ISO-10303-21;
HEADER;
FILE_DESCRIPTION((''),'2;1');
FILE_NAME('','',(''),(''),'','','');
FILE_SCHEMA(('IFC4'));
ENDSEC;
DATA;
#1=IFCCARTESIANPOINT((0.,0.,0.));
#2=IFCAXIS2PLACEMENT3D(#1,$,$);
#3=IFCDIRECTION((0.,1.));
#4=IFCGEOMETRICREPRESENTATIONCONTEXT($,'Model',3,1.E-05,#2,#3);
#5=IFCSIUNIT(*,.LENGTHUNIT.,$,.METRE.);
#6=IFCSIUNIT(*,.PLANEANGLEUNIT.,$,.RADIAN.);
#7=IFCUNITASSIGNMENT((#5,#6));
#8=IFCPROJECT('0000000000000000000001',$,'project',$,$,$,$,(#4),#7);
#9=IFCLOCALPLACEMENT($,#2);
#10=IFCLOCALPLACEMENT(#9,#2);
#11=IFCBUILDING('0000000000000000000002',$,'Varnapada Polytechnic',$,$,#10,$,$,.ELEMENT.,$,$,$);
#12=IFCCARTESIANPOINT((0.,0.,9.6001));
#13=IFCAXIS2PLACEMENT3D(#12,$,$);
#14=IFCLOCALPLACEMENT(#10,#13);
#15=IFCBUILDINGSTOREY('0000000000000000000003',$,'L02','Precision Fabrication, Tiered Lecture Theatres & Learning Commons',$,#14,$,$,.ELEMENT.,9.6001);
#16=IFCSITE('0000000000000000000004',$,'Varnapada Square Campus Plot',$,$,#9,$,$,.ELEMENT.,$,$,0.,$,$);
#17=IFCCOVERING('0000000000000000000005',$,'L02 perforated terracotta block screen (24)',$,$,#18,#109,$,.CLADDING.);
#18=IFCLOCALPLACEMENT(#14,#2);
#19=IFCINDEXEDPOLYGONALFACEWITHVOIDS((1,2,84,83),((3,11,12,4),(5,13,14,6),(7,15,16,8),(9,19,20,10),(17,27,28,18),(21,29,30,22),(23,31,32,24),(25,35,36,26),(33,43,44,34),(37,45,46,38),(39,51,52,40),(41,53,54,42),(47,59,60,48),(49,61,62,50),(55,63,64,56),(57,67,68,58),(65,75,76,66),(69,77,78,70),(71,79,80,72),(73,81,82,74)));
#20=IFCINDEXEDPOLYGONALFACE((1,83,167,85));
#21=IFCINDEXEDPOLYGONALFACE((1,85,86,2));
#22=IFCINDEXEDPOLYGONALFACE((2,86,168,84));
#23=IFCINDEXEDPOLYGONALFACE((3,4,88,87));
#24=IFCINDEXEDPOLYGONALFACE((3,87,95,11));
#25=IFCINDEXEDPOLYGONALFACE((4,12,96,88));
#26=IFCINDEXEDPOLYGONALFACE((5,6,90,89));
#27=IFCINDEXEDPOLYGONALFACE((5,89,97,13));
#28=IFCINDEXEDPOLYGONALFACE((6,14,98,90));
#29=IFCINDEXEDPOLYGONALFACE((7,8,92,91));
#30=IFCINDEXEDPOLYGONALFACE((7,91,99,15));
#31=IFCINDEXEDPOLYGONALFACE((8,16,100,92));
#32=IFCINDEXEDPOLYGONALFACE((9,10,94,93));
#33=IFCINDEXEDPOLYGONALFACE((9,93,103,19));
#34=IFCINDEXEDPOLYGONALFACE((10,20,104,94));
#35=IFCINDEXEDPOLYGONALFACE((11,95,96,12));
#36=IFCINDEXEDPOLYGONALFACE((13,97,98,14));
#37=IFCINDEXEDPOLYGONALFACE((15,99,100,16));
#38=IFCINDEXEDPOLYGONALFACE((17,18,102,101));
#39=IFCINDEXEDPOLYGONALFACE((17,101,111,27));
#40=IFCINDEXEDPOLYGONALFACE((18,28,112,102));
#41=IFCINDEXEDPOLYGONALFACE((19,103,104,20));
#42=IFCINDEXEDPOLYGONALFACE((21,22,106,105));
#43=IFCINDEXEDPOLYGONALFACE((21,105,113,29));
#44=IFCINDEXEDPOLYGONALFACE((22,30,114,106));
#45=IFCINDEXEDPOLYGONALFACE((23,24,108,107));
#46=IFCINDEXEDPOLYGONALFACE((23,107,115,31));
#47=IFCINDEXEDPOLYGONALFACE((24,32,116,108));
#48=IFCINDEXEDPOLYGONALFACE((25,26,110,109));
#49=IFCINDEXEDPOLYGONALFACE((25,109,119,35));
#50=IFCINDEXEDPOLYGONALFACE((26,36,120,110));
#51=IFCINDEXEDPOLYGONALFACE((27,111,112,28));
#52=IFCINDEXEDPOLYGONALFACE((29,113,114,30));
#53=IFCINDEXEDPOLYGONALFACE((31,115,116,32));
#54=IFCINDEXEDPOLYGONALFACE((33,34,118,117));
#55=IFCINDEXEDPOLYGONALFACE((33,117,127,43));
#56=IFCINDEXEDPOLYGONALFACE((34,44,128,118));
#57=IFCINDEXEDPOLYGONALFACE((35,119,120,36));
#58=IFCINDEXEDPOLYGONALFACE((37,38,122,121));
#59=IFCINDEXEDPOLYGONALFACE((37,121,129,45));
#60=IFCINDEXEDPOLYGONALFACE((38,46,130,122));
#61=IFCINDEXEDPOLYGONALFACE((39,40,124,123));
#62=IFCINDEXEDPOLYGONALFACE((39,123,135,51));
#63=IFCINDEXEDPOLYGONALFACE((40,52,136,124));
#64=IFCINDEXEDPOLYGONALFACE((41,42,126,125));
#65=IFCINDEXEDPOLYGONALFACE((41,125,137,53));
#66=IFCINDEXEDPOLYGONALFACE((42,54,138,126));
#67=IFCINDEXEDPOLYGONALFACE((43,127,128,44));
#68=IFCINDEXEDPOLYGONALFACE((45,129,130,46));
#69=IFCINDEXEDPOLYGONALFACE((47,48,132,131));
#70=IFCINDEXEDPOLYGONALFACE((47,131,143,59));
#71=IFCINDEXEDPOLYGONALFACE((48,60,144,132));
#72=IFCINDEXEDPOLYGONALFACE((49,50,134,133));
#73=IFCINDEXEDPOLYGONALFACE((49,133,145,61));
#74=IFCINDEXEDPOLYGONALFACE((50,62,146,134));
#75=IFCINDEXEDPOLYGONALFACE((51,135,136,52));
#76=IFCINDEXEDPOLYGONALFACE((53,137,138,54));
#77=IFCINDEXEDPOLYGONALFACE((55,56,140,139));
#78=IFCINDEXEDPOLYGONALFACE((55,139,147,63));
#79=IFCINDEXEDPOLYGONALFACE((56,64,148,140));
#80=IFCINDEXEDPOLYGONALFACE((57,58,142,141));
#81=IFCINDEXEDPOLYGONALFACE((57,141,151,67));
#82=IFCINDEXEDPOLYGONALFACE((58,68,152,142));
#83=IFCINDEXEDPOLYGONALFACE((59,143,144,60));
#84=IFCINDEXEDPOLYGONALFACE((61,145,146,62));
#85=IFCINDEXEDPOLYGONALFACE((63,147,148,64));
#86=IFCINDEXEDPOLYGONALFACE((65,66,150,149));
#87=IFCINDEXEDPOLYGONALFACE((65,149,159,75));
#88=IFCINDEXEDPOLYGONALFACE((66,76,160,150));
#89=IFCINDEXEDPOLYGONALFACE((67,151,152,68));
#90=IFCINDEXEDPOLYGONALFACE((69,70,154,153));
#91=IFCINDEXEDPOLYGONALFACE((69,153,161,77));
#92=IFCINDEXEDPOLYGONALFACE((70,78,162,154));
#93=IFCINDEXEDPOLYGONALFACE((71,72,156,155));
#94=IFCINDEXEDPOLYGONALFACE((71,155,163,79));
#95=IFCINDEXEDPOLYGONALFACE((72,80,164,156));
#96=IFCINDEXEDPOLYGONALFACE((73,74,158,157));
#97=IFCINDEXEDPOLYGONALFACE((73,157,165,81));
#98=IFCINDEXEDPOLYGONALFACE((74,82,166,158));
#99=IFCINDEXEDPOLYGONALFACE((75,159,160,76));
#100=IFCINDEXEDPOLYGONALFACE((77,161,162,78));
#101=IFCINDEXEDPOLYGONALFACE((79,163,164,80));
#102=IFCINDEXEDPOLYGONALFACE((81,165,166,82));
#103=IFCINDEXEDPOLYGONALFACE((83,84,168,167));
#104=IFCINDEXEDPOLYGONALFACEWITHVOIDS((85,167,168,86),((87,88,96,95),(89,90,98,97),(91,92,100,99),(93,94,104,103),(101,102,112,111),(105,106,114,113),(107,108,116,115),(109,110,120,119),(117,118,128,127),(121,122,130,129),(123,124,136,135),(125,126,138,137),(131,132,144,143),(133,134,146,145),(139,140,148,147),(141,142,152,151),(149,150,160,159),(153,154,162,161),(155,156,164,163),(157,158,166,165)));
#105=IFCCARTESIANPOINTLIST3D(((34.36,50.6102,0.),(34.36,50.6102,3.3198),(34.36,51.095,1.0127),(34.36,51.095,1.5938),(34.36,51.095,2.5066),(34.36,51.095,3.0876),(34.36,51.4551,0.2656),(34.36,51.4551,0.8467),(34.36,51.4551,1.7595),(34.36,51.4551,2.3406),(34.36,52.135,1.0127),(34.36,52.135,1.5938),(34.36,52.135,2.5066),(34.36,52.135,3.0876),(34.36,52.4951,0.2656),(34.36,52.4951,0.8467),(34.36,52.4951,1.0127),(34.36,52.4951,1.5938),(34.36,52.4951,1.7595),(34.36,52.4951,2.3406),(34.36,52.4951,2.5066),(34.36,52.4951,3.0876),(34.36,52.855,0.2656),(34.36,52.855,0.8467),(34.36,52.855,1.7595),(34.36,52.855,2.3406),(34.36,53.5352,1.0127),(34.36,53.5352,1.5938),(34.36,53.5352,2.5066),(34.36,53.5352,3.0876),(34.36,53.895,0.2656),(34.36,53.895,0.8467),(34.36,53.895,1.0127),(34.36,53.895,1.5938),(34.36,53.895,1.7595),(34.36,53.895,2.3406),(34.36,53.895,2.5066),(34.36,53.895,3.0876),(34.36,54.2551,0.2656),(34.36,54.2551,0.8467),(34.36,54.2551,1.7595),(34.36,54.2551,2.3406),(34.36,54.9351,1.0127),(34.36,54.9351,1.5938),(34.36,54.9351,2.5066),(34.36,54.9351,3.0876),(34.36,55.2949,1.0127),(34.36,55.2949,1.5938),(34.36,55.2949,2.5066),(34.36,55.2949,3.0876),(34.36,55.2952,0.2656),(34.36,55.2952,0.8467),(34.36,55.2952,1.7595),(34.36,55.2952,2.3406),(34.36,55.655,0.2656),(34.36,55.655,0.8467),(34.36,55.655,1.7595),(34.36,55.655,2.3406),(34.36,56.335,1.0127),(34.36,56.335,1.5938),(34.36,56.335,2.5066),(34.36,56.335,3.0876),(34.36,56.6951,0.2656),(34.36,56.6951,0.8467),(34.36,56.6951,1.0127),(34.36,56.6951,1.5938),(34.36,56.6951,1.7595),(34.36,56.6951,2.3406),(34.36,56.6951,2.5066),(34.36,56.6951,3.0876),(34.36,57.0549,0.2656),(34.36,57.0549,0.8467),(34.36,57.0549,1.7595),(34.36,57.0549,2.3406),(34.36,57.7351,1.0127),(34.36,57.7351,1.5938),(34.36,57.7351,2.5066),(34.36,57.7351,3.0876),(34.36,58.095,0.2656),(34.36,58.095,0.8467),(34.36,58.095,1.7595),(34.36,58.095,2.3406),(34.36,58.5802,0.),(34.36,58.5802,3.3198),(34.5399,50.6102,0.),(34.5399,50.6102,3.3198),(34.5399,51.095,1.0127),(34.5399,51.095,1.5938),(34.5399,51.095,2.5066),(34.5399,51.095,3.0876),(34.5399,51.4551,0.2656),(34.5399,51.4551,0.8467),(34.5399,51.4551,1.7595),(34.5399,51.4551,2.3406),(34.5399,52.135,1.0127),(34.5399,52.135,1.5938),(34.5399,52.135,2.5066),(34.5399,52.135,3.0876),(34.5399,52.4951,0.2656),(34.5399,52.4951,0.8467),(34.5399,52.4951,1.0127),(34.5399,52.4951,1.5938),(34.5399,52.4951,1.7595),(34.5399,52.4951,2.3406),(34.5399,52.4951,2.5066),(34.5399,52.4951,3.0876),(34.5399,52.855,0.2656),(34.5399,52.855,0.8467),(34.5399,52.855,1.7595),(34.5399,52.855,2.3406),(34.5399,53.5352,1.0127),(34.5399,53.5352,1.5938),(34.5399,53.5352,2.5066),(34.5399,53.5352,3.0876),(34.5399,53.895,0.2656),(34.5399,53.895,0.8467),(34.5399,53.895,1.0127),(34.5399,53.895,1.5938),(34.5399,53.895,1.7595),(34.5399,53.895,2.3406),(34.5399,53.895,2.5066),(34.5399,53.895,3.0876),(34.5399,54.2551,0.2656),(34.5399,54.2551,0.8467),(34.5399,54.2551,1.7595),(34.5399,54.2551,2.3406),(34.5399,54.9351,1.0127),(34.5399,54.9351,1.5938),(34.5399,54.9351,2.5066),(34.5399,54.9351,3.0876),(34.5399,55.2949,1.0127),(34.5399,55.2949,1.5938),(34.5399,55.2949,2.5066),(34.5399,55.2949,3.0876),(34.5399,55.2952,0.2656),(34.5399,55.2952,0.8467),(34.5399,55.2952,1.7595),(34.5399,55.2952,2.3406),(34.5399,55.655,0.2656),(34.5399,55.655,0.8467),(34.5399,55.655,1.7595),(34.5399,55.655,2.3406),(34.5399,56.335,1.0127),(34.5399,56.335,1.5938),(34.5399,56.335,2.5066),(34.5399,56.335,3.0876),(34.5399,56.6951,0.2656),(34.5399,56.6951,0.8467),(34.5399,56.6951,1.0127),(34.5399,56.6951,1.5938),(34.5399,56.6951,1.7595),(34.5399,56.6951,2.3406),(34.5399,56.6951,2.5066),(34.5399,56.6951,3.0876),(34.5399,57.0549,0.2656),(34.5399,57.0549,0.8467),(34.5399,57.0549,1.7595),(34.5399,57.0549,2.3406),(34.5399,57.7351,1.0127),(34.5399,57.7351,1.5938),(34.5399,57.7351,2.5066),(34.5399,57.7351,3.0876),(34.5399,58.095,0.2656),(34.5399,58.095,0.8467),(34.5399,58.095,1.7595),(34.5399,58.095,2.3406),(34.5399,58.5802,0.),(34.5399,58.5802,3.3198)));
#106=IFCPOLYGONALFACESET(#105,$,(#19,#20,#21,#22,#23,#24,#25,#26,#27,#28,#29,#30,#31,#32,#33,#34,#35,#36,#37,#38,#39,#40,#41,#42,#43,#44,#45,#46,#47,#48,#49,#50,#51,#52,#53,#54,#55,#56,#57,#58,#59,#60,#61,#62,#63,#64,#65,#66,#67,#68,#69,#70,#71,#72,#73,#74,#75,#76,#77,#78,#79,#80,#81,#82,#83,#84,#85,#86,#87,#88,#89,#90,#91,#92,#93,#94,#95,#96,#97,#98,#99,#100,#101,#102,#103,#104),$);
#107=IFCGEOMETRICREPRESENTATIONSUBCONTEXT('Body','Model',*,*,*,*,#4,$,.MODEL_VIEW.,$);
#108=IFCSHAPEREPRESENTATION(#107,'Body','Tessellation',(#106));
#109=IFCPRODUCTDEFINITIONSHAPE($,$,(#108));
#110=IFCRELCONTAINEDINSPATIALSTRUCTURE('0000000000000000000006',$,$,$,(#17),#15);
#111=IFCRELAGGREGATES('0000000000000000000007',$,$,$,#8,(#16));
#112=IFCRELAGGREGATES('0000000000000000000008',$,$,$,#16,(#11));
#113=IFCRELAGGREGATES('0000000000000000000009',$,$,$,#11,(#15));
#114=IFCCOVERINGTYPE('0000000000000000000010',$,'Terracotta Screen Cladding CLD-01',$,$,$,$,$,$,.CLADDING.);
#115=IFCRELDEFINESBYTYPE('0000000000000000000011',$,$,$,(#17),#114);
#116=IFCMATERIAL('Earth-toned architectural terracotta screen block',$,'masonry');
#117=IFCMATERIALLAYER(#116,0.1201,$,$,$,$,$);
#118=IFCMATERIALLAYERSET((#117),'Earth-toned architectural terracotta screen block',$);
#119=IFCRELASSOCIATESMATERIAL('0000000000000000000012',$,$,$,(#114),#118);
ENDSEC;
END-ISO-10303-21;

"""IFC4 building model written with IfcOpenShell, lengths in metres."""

from ifc_helpers import new_model, si_unit, direction, frame, frame_2d, origin, place, context, subcontext, project, spatial, rectangle, extrude, material, layer, layer_set, type_object, element, save


model = new_model("IFC4")

# Units and contexts
model_context = context("Model", 3, precision=1e-05, world=origin(), true_north=direction((0.0, 1.0)))
body_context = subcontext(model_context, "Body", "Model", "MODEL_VIEW")
ifc_project = project(units=[si_unit("LENGTHUNIT", "METRE"), si_unit("PLANEANGLEUNIT", "RADIAN")], contexts=[model_context])

# Site, building, storey
site_placement = place(None, origin())
site = spatial("IfcSite", under=ifc_project, at=site_placement, Name="Varnapada Square Campus Plot", CompositionType="ELEMENT", RefElevation=0.0)
building_placement = place(site_placement, origin())
building = spatial("IfcBuilding", under=site, at=building_placement, Name="Varnapada Polytechnic", CompositionType="ELEMENT")
storey_placement = place(building_placement, frame((0.0, 0.0, 9.6001)))
storey = spatial("IfcBuildingStorey", under=building, at=storey_placement, Name="L02", Description="Precision Fabrication, Tiered Lecture Theatres & Learning Commons", CompositionType="ELEMENT", Elevation=9.6001)

# Covering, openings
ifc_material_1 = material(Name="Earth-toned architectural terracotta screen block", Category="masonry")
ifc_layer_1 = layer(ifc_material_1, 0.1201)
ifc_layer_set_1 = layer_set([ifc_layer_1], Name="Earth-toned architectural terracotta screen block")
covering_type = type_object("IfcCoveringType", Name="Terracotta Screen Cladding CLD-01", PredefinedType="CLADDING", material=ifc_layer_set_1)
covering_placement = place(storey_placement, frame((34.45, 58.5801, 0.0), z_axis=(0.0, 0.0, 1.0), x_axis=(0.0, -1.0, 0.0)))
covering = element("IfcCovering", 1, at=covering_placement, inside=storey, type_object=covering_type, Name="L02 perforated terracotta block screen (24)", PredefinedType="CLADDING", context=body_context, shape_type="SweptSolid", body=[
    extrude(rectangle(XDim=7.97, YDim=0.1799, at=frame_2d((3.9849, 0.0))), origin(), (0.0, 0.0, 1.0), 3.3198),
])
opening_1_placement = place(covering_placement, frame((0.4851, 0.0, 0.2656)))
element("IfcOpeningElement", 2, at=opening_1_placement, cuts=covering, PredefinedType="OPENING", context=body_context, shape_type="SweptSolid", body=[
    extrude(rectangle(XDim=1.04, YDim=0.5811, at=frame_2d((0.52, 0.2905))), frame((0.0, 0.0999, 0.0), z_axis=(0.0, -1.0, 0.0), x_axis=(1.0, 0.0, 0.0)), (0.0, 0.0, 1.0), 0.2),
])
opening_2_placement = place(covering_placement, frame((1.885, 0.0, 0.2656)))
element("IfcOpeningElement", 3, at=opening_2_placement, cuts=covering, PredefinedType="OPENING", context=body_context, shape_type="SweptSolid", body=[
    extrude(rectangle(XDim=1.04, YDim=0.5811, at=frame_2d((0.52, 0.2905))), frame((0.0, 0.0999, 0.0), z_axis=(0.0, -1.0, 0.0), x_axis=(1.0, 0.0, 0.0)), (0.0, 0.0, 1.0), 0.2),
])
opening_3_placement = place(covering_placement, frame((3.2849, 0.0, 0.2656)))
element("IfcOpeningElement", 4, at=opening_3_placement, cuts=covering, PredefinedType="OPENING", context=body_context, shape_type="SweptSolid", body=[
    extrude(rectangle(XDim=1.04, YDim=0.5811, at=frame_2d((0.52, 0.2905))), frame((0.0, 0.0999, 0.0), z_axis=(0.0, -1.0, 0.0), x_axis=(1.0, 0.0, 0.0)), (0.0, 0.0, 1.0), 0.2),
])
opening_4_placement = place(covering_placement, frame((4.6851, 0.0, 0.2656)))
element("IfcOpeningElement", 5, at=opening_4_placement, cuts=covering, PredefinedType="OPENING", context=body_context, shape_type="SweptSolid", body=[
    extrude(rectangle(XDim=1.04, YDim=0.5811, at=frame_2d((0.52, 0.2905))), frame((0.0, 0.0999, 0.0), z_axis=(0.0, -1.0, 0.0), x_axis=(1.0, 0.0, 0.0)), (0.0, 0.0, 1.0), 0.2),
])
opening_5_placement = place(covering_placement, frame((6.085, 0.0, 0.2656)))
element("IfcOpeningElement", 6, at=opening_5_placement, cuts=covering, PredefinedType="OPENING", context=body_context, shape_type="SweptSolid", body=[
    extrude(rectangle(XDim=1.04, YDim=0.5811, at=frame_2d((0.52, 0.2905))), frame((0.0, 0.0999, 0.0), z_axis=(0.0, -1.0, 0.0), x_axis=(1.0, 0.0, 0.0)), (0.0, 0.0, 1.0), 0.2),
])
opening_6_placement = place(covering_placement, frame((0.845, 0.0, 1.0127)))
element("IfcOpeningElement", 7, at=opening_6_placement, cuts=covering, PredefinedType="OPENING", context=body_context, shape_type="SweptSolid", body=[
    extrude(rectangle(XDim=1.04, YDim=0.5811, at=frame_2d((0.52, 0.2905))), frame((0.0, 0.0999, 0.0), z_axis=(0.0, -1.0, 0.0), x_axis=(1.0, 0.0, 0.0)), (0.0, 0.0, 1.0), 0.2),
])
opening_7_placement = place(covering_placement, frame((2.2451, 0.0, 1.0127)))
element("IfcOpeningElement", 8, at=opening_7_placement, cuts=covering, PredefinedType="OPENING", context=body_context, shape_type="SweptSolid", body=[
    extrude(rectangle(XDim=1.04, YDim=0.5811, at=frame_2d((0.52, 0.2905))), frame((0.0, 0.0999, 0.0), z_axis=(0.0, -1.0, 0.0), x_axis=(1.0, 0.0, 0.0)), (0.0, 0.0, 1.0), 0.2),
])
opening_8_placement = place(covering_placement, frame((3.645, 0.0, 1.0127)))
element("IfcOpeningElement", 9, at=opening_8_placement, cuts=covering, PredefinedType="OPENING", context=body_context, shape_type="SweptSolid", body=[
    extrude(rectangle(XDim=1.04, YDim=0.5811, at=frame_2d((0.52, 0.2905))), frame((0.0, 0.0999, 0.0), z_axis=(0.0, -1.0, 0.0), x_axis=(1.0, 0.0, 0.0)), (0.0, 0.0, 1.0), 0.2),
])
opening_9_placement = place(covering_placement, frame((5.0449, 0.0, 1.0127)))
element("IfcOpeningElement", 10, at=opening_9_placement, cuts=covering, PredefinedType="OPENING", context=body_context, shape_type="SweptSolid", body=[
    extrude(rectangle(XDim=1.04, YDim=0.5811, at=frame_2d((0.52, 0.2905))), frame((0.0, 0.0999, 0.0), z_axis=(0.0, -1.0, 0.0), x_axis=(1.0, 0.0, 0.0)), (0.0, 0.0, 1.0), 0.2),
])
opening_10_placement = place(covering_placement, frame((6.4451, 0.0, 1.0127)))
element("IfcOpeningElement", 11, at=opening_10_placement, cuts=covering, PredefinedType="OPENING", context=body_context, shape_type="SweptSolid", body=[
    extrude(rectangle(XDim=1.04, YDim=0.5811, at=frame_2d((0.52, 0.2905))), frame((0.0, 0.0999, 0.0), z_axis=(0.0, -1.0, 0.0), x_axis=(1.0, 0.0, 0.0)), (0.0, 0.0, 1.0), 0.2),
])
opening_11_placement = place(covering_placement, frame((0.4851, 0.0, 1.7595)))
element("IfcOpeningElement", 12, at=opening_11_placement, cuts=covering, PredefinedType="OPENING", context=body_context, shape_type="SweptSolid", body=[
    extrude(rectangle(XDim=1.04, YDim=0.5811, at=frame_2d((0.52, 0.2905))), frame((0.0, 0.0999, 0.0), z_axis=(0.0, -1.0, 0.0), x_axis=(1.0, 0.0, 0.0)), (0.0, 0.0, 1.0), 0.2),
])
opening_12_placement = place(covering_placement, frame((1.885, 0.0, 1.7595)))
element("IfcOpeningElement", 13, at=opening_12_placement, cuts=covering, PredefinedType="OPENING", context=body_context, shape_type="SweptSolid", body=[
    extrude(rectangle(XDim=1.04, YDim=0.5811, at=frame_2d((0.52, 0.2905))), frame((0.0, 0.0999, 0.0), z_axis=(0.0, -1.0, 0.0), x_axis=(1.0, 0.0, 0.0)), (0.0, 0.0, 1.0), 0.2),
])
opening_13_placement = place(covering_placement, frame((3.2849, 0.0, 1.7595)))
element("IfcOpeningElement", 14, at=opening_13_placement, cuts=covering, PredefinedType="OPENING", context=body_context, shape_type="SweptSolid", body=[
    extrude(rectangle(XDim=1.04, YDim=0.5811, at=frame_2d((0.52, 0.2905))), frame((0.0, 0.0999, 0.0), z_axis=(0.0, -1.0, 0.0), x_axis=(1.0, 0.0, 0.0)), (0.0, 0.0, 1.0), 0.2),
])
opening_14_placement = place(covering_placement, frame((4.6851, 0.0, 1.7595)))
element("IfcOpeningElement", 15, at=opening_14_placement, cuts=covering, PredefinedType="OPENING", context=body_context, shape_type="SweptSolid", body=[
    extrude(rectangle(XDim=1.04, YDim=0.5811, at=frame_2d((0.52, 0.2905))), frame((0.0, 0.0999, 0.0), z_axis=(0.0, -1.0, 0.0), x_axis=(1.0, 0.0, 0.0)), (0.0, 0.0, 1.0), 0.2),
])
opening_15_placement = place(covering_placement, frame((6.085, 0.0, 1.7595)))
element("IfcOpeningElement", 16, at=opening_15_placement, cuts=covering, PredefinedType="OPENING", context=body_context, shape_type="SweptSolid", body=[
    extrude(rectangle(XDim=1.04, YDim=0.5811, at=frame_2d((0.52, 0.2905))), frame((0.0, 0.0999, 0.0), z_axis=(0.0, -1.0, 0.0), x_axis=(1.0, 0.0, 0.0)), (0.0, 0.0, 1.0), 0.2),
])
opening_16_placement = place(covering_placement, frame((0.845, 0.0, 2.5066)))
element("IfcOpeningElement", 17, at=opening_16_placement, cuts=covering, PredefinedType="OPENING", context=body_context, shape_type="SweptSolid", body=[
    extrude(rectangle(XDim=1.04, YDim=0.5811, at=frame_2d((0.52, 0.2905))), frame((0.0, 0.0999, 0.0), z_axis=(0.0, -1.0, 0.0), x_axis=(1.0, 0.0, 0.0)), (0.0, 0.0, 1.0), 0.2),
])
opening_17_placement = place(covering_placement, frame((2.2451, 0.0, 2.5066)))
element("IfcOpeningElement", 18, at=opening_17_placement, cuts=covering, PredefinedType="OPENING", context=body_context, shape_type="SweptSolid", body=[
    extrude(rectangle(XDim=1.04, YDim=0.5811, at=frame_2d((0.52, 0.2905))), frame((0.0, 0.0999, 0.0), z_axis=(0.0, -1.0, 0.0), x_axis=(1.0, 0.0, 0.0)), (0.0, 0.0, 1.0), 0.2),
])
opening_18_placement = place(covering_placement, frame((3.645, 0.0, 2.5066)))
element("IfcOpeningElement", 19, at=opening_18_placement, cuts=covering, PredefinedType="OPENING", context=body_context, shape_type="SweptSolid", body=[
    extrude(rectangle(XDim=1.04, YDim=0.5811, at=frame_2d((0.52, 0.2905))), frame((0.0, 0.0999, 0.0), z_axis=(0.0, -1.0, 0.0), x_axis=(1.0, 0.0, 0.0)), (0.0, 0.0, 1.0), 0.2),
])
opening_19_placement = place(covering_placement, frame((5.0449, 0.0, 2.5066)))
element("IfcOpeningElement", 20, at=opening_19_placement, cuts=covering, PredefinedType="OPENING", context=body_context, shape_type="SweptSolid", body=[
    extrude(rectangle(XDim=1.04, YDim=0.5811, at=frame_2d((0.52, 0.2905))), frame((0.0, 0.0999, 0.0), z_axis=(0.0, -1.0, 0.0), x_axis=(1.0, 0.0, 0.0)), (0.0, 0.0, 1.0), 0.2),
])
opening_20_placement = place(covering_placement, frame((6.4451, 0.0, 2.5066)))
element("IfcOpeningElement", 21, at=opening_20_placement, cuts=covering, PredefinedType="OPENING", context=body_context, shape_type="SweptSolid", body=[
    extrude(rectangle(XDim=1.04, YDim=0.5811, at=frame_2d((0.52, 0.2905))), frame((0.0, 0.0999, 0.0), z_axis=(0.0, -1.0, 0.0), x_axis=(1.0, 0.0, 0.0)), (0.0, 0.0, 1.0), 0.2),
])

save(model, "model.ifc")
